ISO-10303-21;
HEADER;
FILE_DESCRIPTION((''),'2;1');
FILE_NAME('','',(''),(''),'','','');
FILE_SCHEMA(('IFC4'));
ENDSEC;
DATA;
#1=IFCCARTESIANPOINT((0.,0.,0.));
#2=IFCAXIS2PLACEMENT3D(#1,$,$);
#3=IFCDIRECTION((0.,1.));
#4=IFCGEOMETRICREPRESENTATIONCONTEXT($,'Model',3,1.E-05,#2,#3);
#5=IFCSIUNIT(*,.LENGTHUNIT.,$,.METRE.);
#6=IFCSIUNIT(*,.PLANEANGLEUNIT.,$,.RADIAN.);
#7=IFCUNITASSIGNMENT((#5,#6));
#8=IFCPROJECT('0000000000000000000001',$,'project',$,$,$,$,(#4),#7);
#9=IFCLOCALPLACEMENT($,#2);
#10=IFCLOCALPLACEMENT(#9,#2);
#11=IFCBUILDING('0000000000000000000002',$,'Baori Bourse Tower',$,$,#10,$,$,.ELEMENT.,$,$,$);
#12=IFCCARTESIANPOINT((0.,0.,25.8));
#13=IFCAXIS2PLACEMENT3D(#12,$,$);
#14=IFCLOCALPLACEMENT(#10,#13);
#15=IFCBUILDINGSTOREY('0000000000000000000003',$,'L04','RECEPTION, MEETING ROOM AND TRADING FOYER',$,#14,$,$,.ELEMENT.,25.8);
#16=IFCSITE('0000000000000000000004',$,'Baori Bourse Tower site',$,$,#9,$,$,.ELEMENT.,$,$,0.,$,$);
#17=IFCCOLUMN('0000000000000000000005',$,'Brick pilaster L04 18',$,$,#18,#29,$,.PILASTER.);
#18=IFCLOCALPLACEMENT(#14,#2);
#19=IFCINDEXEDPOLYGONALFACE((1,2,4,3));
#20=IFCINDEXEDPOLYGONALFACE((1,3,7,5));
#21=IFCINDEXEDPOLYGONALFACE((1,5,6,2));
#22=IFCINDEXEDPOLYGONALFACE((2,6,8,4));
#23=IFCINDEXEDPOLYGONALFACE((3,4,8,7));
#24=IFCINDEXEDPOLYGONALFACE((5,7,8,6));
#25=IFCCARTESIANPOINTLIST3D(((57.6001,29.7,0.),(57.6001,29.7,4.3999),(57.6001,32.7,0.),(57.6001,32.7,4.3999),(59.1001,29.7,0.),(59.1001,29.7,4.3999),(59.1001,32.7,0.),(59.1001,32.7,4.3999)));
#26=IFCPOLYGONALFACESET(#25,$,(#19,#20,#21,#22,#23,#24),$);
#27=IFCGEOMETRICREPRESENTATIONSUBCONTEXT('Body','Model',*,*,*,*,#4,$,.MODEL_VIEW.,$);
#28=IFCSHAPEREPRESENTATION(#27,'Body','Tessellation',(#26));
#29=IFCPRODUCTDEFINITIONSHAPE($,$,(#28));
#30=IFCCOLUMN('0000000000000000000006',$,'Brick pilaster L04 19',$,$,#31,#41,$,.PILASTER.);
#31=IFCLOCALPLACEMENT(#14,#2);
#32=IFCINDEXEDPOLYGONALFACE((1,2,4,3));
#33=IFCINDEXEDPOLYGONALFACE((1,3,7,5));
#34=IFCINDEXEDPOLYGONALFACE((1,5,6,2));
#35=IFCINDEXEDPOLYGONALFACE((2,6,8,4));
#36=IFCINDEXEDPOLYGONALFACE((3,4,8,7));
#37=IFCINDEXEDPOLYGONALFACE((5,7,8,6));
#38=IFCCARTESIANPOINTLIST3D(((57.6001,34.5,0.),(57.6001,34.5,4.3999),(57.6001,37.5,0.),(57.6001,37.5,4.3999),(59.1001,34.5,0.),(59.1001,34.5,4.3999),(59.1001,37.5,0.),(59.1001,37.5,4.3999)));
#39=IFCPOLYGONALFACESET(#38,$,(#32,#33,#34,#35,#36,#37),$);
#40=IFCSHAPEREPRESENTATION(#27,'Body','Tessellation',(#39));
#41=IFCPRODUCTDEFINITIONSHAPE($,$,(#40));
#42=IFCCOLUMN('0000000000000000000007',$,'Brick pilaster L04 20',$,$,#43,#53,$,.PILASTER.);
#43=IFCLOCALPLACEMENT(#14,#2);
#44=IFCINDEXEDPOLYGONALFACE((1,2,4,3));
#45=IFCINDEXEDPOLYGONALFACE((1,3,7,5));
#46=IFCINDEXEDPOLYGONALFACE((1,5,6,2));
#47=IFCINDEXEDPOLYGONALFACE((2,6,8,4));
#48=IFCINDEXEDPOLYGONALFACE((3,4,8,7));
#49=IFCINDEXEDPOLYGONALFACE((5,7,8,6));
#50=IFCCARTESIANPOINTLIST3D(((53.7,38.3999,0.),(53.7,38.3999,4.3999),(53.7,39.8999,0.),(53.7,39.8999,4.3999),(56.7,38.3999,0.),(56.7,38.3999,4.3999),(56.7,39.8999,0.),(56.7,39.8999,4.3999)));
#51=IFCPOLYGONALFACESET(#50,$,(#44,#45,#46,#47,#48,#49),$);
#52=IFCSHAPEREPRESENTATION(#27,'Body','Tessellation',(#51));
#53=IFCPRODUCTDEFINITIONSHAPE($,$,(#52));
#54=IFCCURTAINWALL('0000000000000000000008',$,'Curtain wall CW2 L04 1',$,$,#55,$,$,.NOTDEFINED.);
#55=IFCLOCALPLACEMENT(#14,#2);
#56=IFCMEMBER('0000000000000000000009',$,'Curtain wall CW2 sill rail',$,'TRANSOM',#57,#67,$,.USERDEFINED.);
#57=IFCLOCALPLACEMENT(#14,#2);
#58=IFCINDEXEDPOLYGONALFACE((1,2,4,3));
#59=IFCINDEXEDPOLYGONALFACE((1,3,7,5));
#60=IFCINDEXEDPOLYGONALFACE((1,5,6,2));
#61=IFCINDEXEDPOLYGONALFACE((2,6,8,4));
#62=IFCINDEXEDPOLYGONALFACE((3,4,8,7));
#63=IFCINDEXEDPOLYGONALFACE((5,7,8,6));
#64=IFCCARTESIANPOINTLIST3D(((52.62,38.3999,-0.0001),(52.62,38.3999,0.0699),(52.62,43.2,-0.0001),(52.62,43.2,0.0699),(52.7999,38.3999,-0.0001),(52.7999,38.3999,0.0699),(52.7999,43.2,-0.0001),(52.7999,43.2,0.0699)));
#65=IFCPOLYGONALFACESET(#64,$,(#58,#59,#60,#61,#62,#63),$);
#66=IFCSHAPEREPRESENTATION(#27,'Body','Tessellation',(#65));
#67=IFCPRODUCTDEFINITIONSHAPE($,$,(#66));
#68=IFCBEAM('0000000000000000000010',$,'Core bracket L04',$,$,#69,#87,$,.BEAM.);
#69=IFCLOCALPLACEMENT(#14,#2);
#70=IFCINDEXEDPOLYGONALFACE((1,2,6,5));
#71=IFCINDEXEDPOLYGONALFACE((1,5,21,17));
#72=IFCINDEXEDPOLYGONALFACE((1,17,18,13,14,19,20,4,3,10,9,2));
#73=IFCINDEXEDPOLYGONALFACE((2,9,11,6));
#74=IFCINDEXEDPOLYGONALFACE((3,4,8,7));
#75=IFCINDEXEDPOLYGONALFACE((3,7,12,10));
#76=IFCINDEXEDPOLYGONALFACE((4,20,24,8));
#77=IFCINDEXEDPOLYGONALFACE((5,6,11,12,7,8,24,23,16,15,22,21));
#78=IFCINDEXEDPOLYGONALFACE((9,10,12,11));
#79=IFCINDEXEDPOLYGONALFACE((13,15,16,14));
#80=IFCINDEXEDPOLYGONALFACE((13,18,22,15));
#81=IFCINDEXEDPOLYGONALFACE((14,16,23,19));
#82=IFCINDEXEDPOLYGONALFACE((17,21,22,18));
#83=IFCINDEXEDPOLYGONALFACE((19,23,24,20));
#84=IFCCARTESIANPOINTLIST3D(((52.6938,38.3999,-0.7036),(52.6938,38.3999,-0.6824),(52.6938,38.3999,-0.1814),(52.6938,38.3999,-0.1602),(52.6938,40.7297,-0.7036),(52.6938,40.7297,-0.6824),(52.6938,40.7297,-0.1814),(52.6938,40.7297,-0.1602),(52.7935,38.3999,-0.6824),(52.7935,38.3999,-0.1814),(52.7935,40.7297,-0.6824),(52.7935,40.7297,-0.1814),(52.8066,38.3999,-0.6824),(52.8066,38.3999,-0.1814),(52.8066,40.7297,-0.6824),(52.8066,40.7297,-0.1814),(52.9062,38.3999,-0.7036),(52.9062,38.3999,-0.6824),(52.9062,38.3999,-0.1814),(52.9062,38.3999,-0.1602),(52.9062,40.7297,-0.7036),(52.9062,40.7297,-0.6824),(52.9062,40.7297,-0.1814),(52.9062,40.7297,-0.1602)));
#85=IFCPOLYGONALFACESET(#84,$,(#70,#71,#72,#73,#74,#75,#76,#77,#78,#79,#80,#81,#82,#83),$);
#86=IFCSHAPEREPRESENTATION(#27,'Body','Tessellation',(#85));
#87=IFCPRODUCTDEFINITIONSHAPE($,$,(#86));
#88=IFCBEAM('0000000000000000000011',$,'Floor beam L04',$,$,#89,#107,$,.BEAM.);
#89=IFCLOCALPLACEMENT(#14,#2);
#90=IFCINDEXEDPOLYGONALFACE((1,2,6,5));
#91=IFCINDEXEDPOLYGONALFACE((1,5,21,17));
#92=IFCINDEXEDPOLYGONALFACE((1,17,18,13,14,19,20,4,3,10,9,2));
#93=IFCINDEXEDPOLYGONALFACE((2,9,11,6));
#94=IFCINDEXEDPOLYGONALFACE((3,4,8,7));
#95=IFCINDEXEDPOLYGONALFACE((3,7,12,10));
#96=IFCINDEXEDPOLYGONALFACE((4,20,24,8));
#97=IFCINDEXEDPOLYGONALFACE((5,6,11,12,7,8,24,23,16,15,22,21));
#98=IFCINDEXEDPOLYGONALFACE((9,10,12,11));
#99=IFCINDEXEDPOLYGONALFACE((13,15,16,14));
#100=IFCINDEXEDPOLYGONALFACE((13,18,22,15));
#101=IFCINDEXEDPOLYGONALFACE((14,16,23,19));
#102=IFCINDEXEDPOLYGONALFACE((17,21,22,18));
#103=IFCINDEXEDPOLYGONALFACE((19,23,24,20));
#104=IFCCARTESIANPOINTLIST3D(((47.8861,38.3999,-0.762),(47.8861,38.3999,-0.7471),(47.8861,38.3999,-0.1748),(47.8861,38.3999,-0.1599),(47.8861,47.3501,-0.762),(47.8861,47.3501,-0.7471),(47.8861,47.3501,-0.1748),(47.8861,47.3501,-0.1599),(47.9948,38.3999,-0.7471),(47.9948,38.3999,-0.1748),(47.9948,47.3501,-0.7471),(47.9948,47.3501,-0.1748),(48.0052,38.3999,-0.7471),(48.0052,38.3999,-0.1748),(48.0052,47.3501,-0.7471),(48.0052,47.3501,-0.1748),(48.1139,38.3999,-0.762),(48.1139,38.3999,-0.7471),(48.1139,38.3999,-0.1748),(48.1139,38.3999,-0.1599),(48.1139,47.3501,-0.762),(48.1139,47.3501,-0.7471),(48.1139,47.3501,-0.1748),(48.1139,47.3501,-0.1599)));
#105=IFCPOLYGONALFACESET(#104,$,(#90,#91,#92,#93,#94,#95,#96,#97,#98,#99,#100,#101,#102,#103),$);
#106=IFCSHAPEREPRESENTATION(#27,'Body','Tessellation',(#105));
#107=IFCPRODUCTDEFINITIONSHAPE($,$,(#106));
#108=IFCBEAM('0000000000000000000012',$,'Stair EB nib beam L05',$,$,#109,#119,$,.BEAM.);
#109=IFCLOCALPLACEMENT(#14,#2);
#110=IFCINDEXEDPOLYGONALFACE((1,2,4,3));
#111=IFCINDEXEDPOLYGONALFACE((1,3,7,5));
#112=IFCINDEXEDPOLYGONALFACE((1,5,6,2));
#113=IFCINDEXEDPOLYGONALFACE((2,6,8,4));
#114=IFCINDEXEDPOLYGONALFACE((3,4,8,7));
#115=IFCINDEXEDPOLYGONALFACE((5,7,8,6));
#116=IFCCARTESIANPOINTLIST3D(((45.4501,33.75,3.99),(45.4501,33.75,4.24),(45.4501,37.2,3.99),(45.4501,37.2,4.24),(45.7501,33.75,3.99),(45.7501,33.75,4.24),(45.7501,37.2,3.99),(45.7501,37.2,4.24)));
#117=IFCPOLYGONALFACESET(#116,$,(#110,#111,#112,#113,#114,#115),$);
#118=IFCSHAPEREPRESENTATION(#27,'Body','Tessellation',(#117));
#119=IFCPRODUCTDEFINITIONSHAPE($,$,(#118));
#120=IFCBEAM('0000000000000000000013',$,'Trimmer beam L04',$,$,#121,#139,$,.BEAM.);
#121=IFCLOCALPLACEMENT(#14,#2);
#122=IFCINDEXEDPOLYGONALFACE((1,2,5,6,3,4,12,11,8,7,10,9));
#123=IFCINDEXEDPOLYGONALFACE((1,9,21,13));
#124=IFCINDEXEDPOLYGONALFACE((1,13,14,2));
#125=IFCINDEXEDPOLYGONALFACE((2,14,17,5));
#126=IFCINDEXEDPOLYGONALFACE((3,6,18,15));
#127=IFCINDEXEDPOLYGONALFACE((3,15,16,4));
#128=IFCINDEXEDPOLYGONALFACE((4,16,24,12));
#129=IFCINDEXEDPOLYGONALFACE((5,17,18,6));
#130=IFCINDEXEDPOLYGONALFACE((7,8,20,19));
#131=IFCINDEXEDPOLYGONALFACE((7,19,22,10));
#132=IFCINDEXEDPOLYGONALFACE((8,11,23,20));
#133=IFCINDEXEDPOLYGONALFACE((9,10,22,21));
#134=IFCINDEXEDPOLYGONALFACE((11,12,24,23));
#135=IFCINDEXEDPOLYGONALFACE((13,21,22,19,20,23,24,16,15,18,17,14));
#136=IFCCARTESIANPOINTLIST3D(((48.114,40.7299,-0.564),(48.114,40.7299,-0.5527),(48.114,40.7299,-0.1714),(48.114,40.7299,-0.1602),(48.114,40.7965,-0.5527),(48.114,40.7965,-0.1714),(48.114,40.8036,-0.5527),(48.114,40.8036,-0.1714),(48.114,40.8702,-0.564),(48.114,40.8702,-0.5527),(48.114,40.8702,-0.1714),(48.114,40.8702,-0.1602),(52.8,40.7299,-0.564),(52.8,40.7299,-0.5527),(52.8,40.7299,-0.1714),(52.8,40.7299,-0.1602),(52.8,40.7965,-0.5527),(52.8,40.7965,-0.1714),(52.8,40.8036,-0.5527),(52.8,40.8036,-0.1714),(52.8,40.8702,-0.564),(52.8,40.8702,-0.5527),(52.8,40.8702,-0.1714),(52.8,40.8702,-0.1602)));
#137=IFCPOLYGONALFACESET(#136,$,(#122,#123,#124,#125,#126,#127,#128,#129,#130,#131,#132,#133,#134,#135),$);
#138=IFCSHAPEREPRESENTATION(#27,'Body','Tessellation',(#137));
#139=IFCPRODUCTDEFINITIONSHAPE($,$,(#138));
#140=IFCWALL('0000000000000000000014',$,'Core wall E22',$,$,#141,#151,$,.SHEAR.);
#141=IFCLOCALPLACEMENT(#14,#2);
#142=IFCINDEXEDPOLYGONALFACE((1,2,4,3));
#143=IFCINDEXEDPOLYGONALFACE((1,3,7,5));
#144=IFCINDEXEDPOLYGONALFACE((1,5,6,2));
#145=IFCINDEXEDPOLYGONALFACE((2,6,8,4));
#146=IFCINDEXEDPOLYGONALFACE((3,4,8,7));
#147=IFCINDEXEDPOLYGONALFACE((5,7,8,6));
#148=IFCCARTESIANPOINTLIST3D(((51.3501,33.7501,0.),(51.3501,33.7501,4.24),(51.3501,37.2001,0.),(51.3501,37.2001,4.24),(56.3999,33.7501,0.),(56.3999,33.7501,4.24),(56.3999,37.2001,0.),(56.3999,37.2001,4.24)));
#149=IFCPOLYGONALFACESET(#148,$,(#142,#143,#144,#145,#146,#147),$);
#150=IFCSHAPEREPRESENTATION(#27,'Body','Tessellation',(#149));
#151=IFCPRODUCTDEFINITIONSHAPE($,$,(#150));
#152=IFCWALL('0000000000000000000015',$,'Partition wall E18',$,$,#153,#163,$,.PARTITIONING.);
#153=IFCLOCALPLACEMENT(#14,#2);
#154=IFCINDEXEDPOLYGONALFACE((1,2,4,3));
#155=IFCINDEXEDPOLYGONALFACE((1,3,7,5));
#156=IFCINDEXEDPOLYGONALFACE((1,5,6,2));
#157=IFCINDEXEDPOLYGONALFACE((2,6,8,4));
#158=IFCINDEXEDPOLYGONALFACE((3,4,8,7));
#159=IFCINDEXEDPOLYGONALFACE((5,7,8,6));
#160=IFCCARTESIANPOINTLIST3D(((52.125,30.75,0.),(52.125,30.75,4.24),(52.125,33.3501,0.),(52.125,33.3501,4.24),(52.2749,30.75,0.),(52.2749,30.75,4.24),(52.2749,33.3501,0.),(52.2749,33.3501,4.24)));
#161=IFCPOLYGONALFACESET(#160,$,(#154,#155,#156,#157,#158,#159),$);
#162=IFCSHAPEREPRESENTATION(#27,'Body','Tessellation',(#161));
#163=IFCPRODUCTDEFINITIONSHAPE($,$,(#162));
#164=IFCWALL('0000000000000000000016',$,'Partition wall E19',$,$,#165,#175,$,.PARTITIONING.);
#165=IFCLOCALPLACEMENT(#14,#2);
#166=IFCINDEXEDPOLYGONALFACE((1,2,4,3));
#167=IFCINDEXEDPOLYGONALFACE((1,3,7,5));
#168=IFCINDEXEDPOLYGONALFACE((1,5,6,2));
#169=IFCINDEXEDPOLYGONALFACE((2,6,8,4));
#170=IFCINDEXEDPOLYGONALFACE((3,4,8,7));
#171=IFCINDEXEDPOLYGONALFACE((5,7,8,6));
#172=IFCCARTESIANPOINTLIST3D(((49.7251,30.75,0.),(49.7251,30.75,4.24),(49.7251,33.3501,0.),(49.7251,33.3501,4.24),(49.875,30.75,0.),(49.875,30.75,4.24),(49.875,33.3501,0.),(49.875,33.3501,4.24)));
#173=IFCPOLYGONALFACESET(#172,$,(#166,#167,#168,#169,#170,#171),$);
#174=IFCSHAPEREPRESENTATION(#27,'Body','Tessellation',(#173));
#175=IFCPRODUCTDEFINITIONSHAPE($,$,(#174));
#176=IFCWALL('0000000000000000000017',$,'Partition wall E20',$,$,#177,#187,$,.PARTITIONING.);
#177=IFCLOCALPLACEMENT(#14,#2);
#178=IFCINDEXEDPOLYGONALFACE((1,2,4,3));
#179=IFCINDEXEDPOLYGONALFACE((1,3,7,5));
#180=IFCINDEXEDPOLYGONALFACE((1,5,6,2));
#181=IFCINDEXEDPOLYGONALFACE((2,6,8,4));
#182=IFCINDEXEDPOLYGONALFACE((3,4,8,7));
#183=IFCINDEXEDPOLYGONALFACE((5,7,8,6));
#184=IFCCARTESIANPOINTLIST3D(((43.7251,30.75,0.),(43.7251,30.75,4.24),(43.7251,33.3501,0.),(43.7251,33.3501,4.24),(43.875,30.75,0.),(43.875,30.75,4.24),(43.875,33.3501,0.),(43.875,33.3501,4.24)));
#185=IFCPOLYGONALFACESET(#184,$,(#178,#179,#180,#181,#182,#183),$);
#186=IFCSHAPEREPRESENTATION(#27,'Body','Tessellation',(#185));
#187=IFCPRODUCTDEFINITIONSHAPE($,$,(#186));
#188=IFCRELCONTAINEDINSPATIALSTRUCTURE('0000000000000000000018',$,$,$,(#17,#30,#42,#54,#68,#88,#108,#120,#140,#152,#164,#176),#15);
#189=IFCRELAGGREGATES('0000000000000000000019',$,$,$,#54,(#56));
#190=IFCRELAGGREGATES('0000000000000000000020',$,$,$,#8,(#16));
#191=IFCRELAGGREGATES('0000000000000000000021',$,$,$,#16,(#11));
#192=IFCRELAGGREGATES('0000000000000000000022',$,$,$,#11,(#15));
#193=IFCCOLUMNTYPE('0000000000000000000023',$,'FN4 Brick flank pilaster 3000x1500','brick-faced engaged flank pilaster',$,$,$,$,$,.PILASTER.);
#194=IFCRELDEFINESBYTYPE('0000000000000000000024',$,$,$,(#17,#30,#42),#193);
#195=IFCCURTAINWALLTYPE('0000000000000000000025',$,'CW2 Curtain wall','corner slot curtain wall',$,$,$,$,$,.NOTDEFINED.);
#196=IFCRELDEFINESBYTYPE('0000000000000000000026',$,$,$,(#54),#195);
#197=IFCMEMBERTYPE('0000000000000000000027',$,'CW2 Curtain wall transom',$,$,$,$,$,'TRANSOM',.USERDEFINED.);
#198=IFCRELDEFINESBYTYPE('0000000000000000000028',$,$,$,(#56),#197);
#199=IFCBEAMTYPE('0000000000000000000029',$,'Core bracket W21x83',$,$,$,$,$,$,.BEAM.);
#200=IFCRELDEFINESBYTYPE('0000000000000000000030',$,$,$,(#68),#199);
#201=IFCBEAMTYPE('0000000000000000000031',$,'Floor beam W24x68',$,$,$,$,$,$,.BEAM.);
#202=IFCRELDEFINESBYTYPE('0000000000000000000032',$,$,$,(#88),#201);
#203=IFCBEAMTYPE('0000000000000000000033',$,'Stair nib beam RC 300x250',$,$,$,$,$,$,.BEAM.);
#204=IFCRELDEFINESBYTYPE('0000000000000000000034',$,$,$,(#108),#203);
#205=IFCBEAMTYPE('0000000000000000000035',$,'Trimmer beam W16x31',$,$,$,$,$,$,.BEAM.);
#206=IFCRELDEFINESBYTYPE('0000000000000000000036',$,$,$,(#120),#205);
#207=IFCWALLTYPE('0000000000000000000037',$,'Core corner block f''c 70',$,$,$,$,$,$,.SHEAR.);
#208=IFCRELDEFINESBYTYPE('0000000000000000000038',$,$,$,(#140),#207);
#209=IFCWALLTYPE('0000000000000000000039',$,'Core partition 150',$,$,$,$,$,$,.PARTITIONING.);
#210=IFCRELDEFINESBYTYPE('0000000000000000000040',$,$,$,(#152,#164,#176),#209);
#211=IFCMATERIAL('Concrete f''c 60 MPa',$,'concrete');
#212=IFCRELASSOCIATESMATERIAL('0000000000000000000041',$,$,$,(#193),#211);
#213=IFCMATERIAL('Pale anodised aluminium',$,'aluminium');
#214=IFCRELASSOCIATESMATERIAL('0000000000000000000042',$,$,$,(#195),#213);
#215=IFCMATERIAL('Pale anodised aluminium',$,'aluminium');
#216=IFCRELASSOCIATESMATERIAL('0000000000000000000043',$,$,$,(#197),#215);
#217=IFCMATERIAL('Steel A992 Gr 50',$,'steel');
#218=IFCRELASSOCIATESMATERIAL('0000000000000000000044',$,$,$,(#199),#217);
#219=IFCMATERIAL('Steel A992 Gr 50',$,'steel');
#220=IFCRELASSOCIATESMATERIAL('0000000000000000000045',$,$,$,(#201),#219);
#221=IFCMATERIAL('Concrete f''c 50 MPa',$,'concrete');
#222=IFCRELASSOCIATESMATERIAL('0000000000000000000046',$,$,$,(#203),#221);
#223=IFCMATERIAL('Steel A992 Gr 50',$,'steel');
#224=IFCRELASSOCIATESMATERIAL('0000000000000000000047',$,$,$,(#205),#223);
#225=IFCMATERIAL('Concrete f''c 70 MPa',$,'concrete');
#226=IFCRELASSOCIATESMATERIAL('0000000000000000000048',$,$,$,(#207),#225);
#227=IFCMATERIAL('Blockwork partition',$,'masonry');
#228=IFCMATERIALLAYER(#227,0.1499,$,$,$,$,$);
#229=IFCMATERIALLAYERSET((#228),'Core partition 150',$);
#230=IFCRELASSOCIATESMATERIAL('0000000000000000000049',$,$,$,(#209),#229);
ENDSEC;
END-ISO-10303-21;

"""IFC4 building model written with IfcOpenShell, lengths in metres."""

from ifc_helpers import new_model, si_unit, direction, frame, frame_2d, origin, origin_2d, place, context, subcontext, project, spatial, rectangle, i_section, extrude, material, layer, layer_set, material_profile, profile_set, type_object, element, aggregate, save


model = new_model("IFC4")

# Units and contexts
model_context = context("Model", 3, precision=1e-05, world=origin(), true_north=direction((0.0, 1.0)))
body_context = subcontext(model_context, "Body", "Model", "MODEL_VIEW")
ifc_project = project(units=[si_unit("LENGTHUNIT", "METRE"), si_unit("PLANEANGLEUNIT", "RADIAN")], contexts=[model_context])

# Site, building, storey
site_placement = place(None, origin())
site = spatial("IfcSite", under=ifc_project, at=site_placement, Name="Baori Bourse Tower site", CompositionType="ELEMENT", RefElevation=0.0)
building_placement = place(site_placement, origin())
building = spatial("IfcBuilding", under=site, at=building_placement, Name="Baori Bourse Tower", CompositionType="ELEMENT")
storey_placement = place(building_placement, frame((0.0, 0.0, 25.8)))
storey = spatial("IfcBuildingStorey", under=building, at=storey_placement, Name="L04", Description="RECEPTION, MEETING ROOM AND TRADING FOYER", CompositionType="ELEMENT", Elevation=25.8)

# Columns
ifc_material_1 = material(Name="Concrete f'c 60 MPa", Category="concrete")
ifc_material_profile_1 = material_profile(ifc_material_1, rectangle(XDim=3.0, YDim=1.5, at=origin_2d()), Name="RC 3000x1500")
ifc_profile_set_1 = profile_set([ifc_material_profile_1], Name="Concrete f'c 60 MPa")
column_type = type_object("IfcColumnType", Name="FN4 Brick flank pilaster 3000x1500", Description="brick-faced engaged flank pilaster", PredefinedType="PILASTER", material=ifc_profile_set_1)
for number, where, z_axis, x_axis, name in (
    (1, (58.3501, 31.2, 0.0), (0.0, 0.0, 1.0), (0.0, 1.0, 0.0), "Brick pilaster L04 18"),
    (2, (58.3501, 36.0, 0.0), (0.0, 0.0, 1.0), (0.0, 1.0, 0.0), "Brick pilaster L04 19"),
    (3, (55.2, 39.1499, 0.0), (0.0, 0.0, 1.0), (1.0, 0.0, 0.0), "Brick pilaster L04 20"),
):
    element("IfcColumn", number, at=place(storey_placement, frame(where, z_axis=z_axis, x_axis=x_axis)), inside=storey, type_object=column_type, Name=name, PredefinedType="PILASTER", context=body_context, shape_type="SweptSolid", body=[
        extrude(rectangle(XDim=3.0, YDim=1.5, at=origin_2d()), origin(), (0.0, 0.0, 1.0), 4.3999),
    ])

# Curtain wall, member
ifc_material_2 = material(Name="Pale anodised aluminium", Category="aluminium")
curtain_wall_type = type_object("IfcCurtainWallType", Name="CW2 Curtain wall", Description="corner slot curtain wall", PredefinedType="NOTDEFINED", material=ifc_material_2)
curtain_wall_placement = place(storey_placement, origin())
curtain_wall = element("IfcCurtainWall", 4, at=curtain_wall_placement, inside=storey, type_object=curtain_wall_type, Name="Curtain wall CW2 L04 1", PredefinedType="NOTDEFINED")
ifc_material_3 = material(Name="Pale anodised aluminium", Category="aluminium")
ifc_material_profile_2 = material_profile(ifc_material_3, rectangle(XDim=0.1799, YDim=0.0701, at=origin_2d()), Name="Transom 70x180")
ifc_profile_set_2 = profile_set([ifc_material_profile_2], Name="Pale anodised aluminium")
member_type = type_object("IfcMemberType", Name="CW2 Curtain wall transom", ElementType="TRANSOM", PredefinedType="USERDEFINED", material=ifc_profile_set_2)
member_placement = place(storey_placement, frame((52.71, 38.3999, 0.0349), z_axis=(0.0, 1.0, 0.0), x_axis=(-1.0, 0.0, 0.0)))
member = element("IfcMember", 5, at=member_placement, type_object=member_type, Name="Curtain wall CW2 sill rail", ObjectType="TRANSOM", PredefinedType="USERDEFINED", context=body_context, shape_type="SweptSolid", body=[
    extrude(rectangle(XDim=0.1799, YDim=0.0701, at=origin_2d()), origin(), (0.0, 0.0, 1.0), 4.8),
])
aggregate(curtain_wall, [member])

# Beams
ifc_material_4 = material(Name="Steel A992 Gr 50", Category="steel")
ifc_material_profile_3 = material_profile(ifc_material_4, i_section(OverallWidth=0.2124, OverallDepth=0.5435, WebThickness=0.0132, FlangeThickness=0.0212, at=origin_2d()), Name="W21x83")
ifc_profile_set_3 = profile_set([ifc_material_profile_3], Name="Steel A992 Gr 50")
beam_type_1 = type_object("IfcBeamType", Name="Core bracket W21x83", PredefinedType="BEAM", material=ifc_profile_set_3)
beam_1_placement = place(storey_placement, frame((52.8, 38.3999, -0.4319), z_axis=(0.0, 1.0, 0.0), x_axis=(-1.0, 0.0, 0.0)))
element("IfcBeam", 6, at=beam_1_placement, inside=storey, type_object=beam_type_1, Name="Core bracket L04", PredefinedType="BEAM", context=body_context, shape_type="SweptSolid", body=[
    extrude(i_section(OverallWidth=0.2124, OverallDepth=0.5435, WebThickness=0.0132, FlangeThickness=0.0212, at=origin_2d()), origin(), (0.0, 0.0, 1.0), 2.3298),
])
ifc_material_5 = material(Name="Steel A992 Gr 50", Category="steel")
ifc_material_profile_4 = material_profile(ifc_material_5, i_section(OverallWidth=0.2278, OverallDepth=0.6021, WebThickness=0.0105, FlangeThickness=0.0149, at=origin_2d()), Name="W24x68")
ifc_profile_set_4 = profile_set([ifc_material_profile_4], Name="Steel A992 Gr 50")
beam_type_2 = type_object("IfcBeamType", Name="Floor beam W24x68", PredefinedType="BEAM", material=ifc_profile_set_4)
beam_2_placement = place(storey_placement, frame((48.0, 38.3999, -0.4609), z_axis=(0.0, 1.0, 0.0), x_axis=(-1.0, 0.0, 0.0)))
element("IfcBeam", 7, at=beam_2_placement, inside=storey, type_object=beam_type_2, Name="Floor beam L04", PredefinedType="BEAM", context=body_context, shape_type="SweptSolid", body=[
    extrude(i_section(OverallWidth=0.2278, OverallDepth=0.6021, WebThickness=0.0105, FlangeThickness=0.0149, at=origin_2d()), origin(), (0.0, 0.0, 1.0), 8.9502),
])
ifc_material_6 = material(Name="Concrete f'c 50 MPa", Category="concrete")
ifc_material_profile_5 = material_profile(ifc_material_6, rectangle(XDim=0.3, YDim=0.25, at=origin_2d()), Name="RC 300x250")
ifc_profile_set_5 = profile_set([ifc_material_profile_5], Name="Concrete f'c 50 MPa")
beam_type_3 = type_object("IfcBeamType", Name="Stair nib beam RC 300x250", PredefinedType="BEAM", material=ifc_profile_set_5)
beam_3_placement = place(storey_placement, frame((45.6001, 33.75, 4.115), z_axis=(0.0, 1.0, 0.0), x_axis=(-1.0, 0.0, 0.0)))
element("IfcBeam", 8, at=beam_3_placement, inside=storey, type_object=beam_type_3, Name="Stair EB nib beam L05", PredefinedType="BEAM", context=body_context, shape_type="SweptSolid", body=[
    extrude(rectangle(XDim=0.3, YDim=0.25, at=origin_2d()), origin(), (0.0, 0.0, 1.0), 3.45),
])
ifc_material_7 = material(Name="Steel A992 Gr 50", Category="steel")
ifc_material_profile_6 = material_profile(ifc_material_7, i_section(OverallWidth=0.1404, OverallDepth=0.4038, WebThickness=0.0071, FlangeThickness=0.0112, at=origin_2d()), Name="W16x31")
ifc_profile_set_6 = profile_set([ifc_material_profile_6], Name="Steel A992 Gr 50")
beam_type_4 = type_object("IfcBeamType", Name="Trimmer beam W16x31", PredefinedType="BEAM", material=ifc_profile_set_6)
beam_4_placement = place(storey_placement, frame((48.114, 40.8, -0.3621), z_axis=(1.0, 0.0, 0.0), x_axis=(0.0, 1.0, 0.0)))
element("IfcBeam", 9, at=beam_4_placement, inside=storey, type_object=beam_type_4, Name="Trimmer beam L04", PredefinedType="BEAM", context=body_context, shape_type="SweptSolid", body=[
    extrude(i_section(OverallWidth=0.1404, OverallDepth=0.4038, WebThickness=0.0071, FlangeThickness=0.0112, at=origin_2d()), origin(), (0.0, 0.0, 1.0), 4.686),
])

# Walls
ifc_material_8 = material(Name="Concrete f'c 70 MPa", Category="concrete")
wall_type_1 = type_object("IfcWallType", Name="Core corner block f'c 70", PredefinedType="SHEAR", material=ifc_material_8)
wall_1_placement = place(storey_placement, frame((51.3501, 35.4751, 0.0), z_axis=(0.0, 0.0, 1.0), x_axis=(1.0, 0.0, 0.0)))
element("IfcWall", 10, at=wall_1_placement, inside=storey, type_object=wall_type_1, Name="Core wall E22", PredefinedType="SHEAR", context=body_context, shape_type="SweptSolid", body=[
    extrude(rectangle(XDim=5.0498, YDim=3.45, at=frame_2d((2.5249, 0.0))), origin(), (0.0, 0.0, 1.0), 4.24),
])
ifc_material_9 = material(Name="Blockwork partition", Category="masonry")
ifc_layer_1 = layer(ifc_material_9, 0.1499)
ifc_layer_set_1 = layer_set([ifc_layer_1], Name="Core partition 150")
wall_type_2 = type_object("IfcWallType", Name="Core partition 150", PredefinedType="PARTITIONING", material=ifc_layer_set_1)
for number, where, z_axis, x_axis, name in (
    (11, (52.2, 30.75, 0.0), (0.0, 0.0, 1.0), (0.0, 1.0, 0.0), "Partition wall E18"),
    (12, (49.8, 30.75, 0.0), (0.0, 0.0, 1.0), (0.0, 1.0, 0.0), "Partition wall E19"),
    (13, (43.8, 30.75, 0.0), (0.0, 0.0, 1.0), (0.0, 1.0, 0.0), "Partition wall E20"),
):
    element("IfcWall", number, at=place(storey_placement, frame(where, z_axis=z_axis, x_axis=x_axis)), inside=storey, type_object=wall_type_2, Name=name, PredefinedType="PARTITIONING", context=body_context, shape_type="SweptSolid", body=[
        extrude(rectangle(XDim=2.6001, YDim=0.1499, at=frame_2d((1.3, 0.0))), origin(), (0.0, 0.0, 1.0), 4.24),
    ])

save(model, "model.ifc")
